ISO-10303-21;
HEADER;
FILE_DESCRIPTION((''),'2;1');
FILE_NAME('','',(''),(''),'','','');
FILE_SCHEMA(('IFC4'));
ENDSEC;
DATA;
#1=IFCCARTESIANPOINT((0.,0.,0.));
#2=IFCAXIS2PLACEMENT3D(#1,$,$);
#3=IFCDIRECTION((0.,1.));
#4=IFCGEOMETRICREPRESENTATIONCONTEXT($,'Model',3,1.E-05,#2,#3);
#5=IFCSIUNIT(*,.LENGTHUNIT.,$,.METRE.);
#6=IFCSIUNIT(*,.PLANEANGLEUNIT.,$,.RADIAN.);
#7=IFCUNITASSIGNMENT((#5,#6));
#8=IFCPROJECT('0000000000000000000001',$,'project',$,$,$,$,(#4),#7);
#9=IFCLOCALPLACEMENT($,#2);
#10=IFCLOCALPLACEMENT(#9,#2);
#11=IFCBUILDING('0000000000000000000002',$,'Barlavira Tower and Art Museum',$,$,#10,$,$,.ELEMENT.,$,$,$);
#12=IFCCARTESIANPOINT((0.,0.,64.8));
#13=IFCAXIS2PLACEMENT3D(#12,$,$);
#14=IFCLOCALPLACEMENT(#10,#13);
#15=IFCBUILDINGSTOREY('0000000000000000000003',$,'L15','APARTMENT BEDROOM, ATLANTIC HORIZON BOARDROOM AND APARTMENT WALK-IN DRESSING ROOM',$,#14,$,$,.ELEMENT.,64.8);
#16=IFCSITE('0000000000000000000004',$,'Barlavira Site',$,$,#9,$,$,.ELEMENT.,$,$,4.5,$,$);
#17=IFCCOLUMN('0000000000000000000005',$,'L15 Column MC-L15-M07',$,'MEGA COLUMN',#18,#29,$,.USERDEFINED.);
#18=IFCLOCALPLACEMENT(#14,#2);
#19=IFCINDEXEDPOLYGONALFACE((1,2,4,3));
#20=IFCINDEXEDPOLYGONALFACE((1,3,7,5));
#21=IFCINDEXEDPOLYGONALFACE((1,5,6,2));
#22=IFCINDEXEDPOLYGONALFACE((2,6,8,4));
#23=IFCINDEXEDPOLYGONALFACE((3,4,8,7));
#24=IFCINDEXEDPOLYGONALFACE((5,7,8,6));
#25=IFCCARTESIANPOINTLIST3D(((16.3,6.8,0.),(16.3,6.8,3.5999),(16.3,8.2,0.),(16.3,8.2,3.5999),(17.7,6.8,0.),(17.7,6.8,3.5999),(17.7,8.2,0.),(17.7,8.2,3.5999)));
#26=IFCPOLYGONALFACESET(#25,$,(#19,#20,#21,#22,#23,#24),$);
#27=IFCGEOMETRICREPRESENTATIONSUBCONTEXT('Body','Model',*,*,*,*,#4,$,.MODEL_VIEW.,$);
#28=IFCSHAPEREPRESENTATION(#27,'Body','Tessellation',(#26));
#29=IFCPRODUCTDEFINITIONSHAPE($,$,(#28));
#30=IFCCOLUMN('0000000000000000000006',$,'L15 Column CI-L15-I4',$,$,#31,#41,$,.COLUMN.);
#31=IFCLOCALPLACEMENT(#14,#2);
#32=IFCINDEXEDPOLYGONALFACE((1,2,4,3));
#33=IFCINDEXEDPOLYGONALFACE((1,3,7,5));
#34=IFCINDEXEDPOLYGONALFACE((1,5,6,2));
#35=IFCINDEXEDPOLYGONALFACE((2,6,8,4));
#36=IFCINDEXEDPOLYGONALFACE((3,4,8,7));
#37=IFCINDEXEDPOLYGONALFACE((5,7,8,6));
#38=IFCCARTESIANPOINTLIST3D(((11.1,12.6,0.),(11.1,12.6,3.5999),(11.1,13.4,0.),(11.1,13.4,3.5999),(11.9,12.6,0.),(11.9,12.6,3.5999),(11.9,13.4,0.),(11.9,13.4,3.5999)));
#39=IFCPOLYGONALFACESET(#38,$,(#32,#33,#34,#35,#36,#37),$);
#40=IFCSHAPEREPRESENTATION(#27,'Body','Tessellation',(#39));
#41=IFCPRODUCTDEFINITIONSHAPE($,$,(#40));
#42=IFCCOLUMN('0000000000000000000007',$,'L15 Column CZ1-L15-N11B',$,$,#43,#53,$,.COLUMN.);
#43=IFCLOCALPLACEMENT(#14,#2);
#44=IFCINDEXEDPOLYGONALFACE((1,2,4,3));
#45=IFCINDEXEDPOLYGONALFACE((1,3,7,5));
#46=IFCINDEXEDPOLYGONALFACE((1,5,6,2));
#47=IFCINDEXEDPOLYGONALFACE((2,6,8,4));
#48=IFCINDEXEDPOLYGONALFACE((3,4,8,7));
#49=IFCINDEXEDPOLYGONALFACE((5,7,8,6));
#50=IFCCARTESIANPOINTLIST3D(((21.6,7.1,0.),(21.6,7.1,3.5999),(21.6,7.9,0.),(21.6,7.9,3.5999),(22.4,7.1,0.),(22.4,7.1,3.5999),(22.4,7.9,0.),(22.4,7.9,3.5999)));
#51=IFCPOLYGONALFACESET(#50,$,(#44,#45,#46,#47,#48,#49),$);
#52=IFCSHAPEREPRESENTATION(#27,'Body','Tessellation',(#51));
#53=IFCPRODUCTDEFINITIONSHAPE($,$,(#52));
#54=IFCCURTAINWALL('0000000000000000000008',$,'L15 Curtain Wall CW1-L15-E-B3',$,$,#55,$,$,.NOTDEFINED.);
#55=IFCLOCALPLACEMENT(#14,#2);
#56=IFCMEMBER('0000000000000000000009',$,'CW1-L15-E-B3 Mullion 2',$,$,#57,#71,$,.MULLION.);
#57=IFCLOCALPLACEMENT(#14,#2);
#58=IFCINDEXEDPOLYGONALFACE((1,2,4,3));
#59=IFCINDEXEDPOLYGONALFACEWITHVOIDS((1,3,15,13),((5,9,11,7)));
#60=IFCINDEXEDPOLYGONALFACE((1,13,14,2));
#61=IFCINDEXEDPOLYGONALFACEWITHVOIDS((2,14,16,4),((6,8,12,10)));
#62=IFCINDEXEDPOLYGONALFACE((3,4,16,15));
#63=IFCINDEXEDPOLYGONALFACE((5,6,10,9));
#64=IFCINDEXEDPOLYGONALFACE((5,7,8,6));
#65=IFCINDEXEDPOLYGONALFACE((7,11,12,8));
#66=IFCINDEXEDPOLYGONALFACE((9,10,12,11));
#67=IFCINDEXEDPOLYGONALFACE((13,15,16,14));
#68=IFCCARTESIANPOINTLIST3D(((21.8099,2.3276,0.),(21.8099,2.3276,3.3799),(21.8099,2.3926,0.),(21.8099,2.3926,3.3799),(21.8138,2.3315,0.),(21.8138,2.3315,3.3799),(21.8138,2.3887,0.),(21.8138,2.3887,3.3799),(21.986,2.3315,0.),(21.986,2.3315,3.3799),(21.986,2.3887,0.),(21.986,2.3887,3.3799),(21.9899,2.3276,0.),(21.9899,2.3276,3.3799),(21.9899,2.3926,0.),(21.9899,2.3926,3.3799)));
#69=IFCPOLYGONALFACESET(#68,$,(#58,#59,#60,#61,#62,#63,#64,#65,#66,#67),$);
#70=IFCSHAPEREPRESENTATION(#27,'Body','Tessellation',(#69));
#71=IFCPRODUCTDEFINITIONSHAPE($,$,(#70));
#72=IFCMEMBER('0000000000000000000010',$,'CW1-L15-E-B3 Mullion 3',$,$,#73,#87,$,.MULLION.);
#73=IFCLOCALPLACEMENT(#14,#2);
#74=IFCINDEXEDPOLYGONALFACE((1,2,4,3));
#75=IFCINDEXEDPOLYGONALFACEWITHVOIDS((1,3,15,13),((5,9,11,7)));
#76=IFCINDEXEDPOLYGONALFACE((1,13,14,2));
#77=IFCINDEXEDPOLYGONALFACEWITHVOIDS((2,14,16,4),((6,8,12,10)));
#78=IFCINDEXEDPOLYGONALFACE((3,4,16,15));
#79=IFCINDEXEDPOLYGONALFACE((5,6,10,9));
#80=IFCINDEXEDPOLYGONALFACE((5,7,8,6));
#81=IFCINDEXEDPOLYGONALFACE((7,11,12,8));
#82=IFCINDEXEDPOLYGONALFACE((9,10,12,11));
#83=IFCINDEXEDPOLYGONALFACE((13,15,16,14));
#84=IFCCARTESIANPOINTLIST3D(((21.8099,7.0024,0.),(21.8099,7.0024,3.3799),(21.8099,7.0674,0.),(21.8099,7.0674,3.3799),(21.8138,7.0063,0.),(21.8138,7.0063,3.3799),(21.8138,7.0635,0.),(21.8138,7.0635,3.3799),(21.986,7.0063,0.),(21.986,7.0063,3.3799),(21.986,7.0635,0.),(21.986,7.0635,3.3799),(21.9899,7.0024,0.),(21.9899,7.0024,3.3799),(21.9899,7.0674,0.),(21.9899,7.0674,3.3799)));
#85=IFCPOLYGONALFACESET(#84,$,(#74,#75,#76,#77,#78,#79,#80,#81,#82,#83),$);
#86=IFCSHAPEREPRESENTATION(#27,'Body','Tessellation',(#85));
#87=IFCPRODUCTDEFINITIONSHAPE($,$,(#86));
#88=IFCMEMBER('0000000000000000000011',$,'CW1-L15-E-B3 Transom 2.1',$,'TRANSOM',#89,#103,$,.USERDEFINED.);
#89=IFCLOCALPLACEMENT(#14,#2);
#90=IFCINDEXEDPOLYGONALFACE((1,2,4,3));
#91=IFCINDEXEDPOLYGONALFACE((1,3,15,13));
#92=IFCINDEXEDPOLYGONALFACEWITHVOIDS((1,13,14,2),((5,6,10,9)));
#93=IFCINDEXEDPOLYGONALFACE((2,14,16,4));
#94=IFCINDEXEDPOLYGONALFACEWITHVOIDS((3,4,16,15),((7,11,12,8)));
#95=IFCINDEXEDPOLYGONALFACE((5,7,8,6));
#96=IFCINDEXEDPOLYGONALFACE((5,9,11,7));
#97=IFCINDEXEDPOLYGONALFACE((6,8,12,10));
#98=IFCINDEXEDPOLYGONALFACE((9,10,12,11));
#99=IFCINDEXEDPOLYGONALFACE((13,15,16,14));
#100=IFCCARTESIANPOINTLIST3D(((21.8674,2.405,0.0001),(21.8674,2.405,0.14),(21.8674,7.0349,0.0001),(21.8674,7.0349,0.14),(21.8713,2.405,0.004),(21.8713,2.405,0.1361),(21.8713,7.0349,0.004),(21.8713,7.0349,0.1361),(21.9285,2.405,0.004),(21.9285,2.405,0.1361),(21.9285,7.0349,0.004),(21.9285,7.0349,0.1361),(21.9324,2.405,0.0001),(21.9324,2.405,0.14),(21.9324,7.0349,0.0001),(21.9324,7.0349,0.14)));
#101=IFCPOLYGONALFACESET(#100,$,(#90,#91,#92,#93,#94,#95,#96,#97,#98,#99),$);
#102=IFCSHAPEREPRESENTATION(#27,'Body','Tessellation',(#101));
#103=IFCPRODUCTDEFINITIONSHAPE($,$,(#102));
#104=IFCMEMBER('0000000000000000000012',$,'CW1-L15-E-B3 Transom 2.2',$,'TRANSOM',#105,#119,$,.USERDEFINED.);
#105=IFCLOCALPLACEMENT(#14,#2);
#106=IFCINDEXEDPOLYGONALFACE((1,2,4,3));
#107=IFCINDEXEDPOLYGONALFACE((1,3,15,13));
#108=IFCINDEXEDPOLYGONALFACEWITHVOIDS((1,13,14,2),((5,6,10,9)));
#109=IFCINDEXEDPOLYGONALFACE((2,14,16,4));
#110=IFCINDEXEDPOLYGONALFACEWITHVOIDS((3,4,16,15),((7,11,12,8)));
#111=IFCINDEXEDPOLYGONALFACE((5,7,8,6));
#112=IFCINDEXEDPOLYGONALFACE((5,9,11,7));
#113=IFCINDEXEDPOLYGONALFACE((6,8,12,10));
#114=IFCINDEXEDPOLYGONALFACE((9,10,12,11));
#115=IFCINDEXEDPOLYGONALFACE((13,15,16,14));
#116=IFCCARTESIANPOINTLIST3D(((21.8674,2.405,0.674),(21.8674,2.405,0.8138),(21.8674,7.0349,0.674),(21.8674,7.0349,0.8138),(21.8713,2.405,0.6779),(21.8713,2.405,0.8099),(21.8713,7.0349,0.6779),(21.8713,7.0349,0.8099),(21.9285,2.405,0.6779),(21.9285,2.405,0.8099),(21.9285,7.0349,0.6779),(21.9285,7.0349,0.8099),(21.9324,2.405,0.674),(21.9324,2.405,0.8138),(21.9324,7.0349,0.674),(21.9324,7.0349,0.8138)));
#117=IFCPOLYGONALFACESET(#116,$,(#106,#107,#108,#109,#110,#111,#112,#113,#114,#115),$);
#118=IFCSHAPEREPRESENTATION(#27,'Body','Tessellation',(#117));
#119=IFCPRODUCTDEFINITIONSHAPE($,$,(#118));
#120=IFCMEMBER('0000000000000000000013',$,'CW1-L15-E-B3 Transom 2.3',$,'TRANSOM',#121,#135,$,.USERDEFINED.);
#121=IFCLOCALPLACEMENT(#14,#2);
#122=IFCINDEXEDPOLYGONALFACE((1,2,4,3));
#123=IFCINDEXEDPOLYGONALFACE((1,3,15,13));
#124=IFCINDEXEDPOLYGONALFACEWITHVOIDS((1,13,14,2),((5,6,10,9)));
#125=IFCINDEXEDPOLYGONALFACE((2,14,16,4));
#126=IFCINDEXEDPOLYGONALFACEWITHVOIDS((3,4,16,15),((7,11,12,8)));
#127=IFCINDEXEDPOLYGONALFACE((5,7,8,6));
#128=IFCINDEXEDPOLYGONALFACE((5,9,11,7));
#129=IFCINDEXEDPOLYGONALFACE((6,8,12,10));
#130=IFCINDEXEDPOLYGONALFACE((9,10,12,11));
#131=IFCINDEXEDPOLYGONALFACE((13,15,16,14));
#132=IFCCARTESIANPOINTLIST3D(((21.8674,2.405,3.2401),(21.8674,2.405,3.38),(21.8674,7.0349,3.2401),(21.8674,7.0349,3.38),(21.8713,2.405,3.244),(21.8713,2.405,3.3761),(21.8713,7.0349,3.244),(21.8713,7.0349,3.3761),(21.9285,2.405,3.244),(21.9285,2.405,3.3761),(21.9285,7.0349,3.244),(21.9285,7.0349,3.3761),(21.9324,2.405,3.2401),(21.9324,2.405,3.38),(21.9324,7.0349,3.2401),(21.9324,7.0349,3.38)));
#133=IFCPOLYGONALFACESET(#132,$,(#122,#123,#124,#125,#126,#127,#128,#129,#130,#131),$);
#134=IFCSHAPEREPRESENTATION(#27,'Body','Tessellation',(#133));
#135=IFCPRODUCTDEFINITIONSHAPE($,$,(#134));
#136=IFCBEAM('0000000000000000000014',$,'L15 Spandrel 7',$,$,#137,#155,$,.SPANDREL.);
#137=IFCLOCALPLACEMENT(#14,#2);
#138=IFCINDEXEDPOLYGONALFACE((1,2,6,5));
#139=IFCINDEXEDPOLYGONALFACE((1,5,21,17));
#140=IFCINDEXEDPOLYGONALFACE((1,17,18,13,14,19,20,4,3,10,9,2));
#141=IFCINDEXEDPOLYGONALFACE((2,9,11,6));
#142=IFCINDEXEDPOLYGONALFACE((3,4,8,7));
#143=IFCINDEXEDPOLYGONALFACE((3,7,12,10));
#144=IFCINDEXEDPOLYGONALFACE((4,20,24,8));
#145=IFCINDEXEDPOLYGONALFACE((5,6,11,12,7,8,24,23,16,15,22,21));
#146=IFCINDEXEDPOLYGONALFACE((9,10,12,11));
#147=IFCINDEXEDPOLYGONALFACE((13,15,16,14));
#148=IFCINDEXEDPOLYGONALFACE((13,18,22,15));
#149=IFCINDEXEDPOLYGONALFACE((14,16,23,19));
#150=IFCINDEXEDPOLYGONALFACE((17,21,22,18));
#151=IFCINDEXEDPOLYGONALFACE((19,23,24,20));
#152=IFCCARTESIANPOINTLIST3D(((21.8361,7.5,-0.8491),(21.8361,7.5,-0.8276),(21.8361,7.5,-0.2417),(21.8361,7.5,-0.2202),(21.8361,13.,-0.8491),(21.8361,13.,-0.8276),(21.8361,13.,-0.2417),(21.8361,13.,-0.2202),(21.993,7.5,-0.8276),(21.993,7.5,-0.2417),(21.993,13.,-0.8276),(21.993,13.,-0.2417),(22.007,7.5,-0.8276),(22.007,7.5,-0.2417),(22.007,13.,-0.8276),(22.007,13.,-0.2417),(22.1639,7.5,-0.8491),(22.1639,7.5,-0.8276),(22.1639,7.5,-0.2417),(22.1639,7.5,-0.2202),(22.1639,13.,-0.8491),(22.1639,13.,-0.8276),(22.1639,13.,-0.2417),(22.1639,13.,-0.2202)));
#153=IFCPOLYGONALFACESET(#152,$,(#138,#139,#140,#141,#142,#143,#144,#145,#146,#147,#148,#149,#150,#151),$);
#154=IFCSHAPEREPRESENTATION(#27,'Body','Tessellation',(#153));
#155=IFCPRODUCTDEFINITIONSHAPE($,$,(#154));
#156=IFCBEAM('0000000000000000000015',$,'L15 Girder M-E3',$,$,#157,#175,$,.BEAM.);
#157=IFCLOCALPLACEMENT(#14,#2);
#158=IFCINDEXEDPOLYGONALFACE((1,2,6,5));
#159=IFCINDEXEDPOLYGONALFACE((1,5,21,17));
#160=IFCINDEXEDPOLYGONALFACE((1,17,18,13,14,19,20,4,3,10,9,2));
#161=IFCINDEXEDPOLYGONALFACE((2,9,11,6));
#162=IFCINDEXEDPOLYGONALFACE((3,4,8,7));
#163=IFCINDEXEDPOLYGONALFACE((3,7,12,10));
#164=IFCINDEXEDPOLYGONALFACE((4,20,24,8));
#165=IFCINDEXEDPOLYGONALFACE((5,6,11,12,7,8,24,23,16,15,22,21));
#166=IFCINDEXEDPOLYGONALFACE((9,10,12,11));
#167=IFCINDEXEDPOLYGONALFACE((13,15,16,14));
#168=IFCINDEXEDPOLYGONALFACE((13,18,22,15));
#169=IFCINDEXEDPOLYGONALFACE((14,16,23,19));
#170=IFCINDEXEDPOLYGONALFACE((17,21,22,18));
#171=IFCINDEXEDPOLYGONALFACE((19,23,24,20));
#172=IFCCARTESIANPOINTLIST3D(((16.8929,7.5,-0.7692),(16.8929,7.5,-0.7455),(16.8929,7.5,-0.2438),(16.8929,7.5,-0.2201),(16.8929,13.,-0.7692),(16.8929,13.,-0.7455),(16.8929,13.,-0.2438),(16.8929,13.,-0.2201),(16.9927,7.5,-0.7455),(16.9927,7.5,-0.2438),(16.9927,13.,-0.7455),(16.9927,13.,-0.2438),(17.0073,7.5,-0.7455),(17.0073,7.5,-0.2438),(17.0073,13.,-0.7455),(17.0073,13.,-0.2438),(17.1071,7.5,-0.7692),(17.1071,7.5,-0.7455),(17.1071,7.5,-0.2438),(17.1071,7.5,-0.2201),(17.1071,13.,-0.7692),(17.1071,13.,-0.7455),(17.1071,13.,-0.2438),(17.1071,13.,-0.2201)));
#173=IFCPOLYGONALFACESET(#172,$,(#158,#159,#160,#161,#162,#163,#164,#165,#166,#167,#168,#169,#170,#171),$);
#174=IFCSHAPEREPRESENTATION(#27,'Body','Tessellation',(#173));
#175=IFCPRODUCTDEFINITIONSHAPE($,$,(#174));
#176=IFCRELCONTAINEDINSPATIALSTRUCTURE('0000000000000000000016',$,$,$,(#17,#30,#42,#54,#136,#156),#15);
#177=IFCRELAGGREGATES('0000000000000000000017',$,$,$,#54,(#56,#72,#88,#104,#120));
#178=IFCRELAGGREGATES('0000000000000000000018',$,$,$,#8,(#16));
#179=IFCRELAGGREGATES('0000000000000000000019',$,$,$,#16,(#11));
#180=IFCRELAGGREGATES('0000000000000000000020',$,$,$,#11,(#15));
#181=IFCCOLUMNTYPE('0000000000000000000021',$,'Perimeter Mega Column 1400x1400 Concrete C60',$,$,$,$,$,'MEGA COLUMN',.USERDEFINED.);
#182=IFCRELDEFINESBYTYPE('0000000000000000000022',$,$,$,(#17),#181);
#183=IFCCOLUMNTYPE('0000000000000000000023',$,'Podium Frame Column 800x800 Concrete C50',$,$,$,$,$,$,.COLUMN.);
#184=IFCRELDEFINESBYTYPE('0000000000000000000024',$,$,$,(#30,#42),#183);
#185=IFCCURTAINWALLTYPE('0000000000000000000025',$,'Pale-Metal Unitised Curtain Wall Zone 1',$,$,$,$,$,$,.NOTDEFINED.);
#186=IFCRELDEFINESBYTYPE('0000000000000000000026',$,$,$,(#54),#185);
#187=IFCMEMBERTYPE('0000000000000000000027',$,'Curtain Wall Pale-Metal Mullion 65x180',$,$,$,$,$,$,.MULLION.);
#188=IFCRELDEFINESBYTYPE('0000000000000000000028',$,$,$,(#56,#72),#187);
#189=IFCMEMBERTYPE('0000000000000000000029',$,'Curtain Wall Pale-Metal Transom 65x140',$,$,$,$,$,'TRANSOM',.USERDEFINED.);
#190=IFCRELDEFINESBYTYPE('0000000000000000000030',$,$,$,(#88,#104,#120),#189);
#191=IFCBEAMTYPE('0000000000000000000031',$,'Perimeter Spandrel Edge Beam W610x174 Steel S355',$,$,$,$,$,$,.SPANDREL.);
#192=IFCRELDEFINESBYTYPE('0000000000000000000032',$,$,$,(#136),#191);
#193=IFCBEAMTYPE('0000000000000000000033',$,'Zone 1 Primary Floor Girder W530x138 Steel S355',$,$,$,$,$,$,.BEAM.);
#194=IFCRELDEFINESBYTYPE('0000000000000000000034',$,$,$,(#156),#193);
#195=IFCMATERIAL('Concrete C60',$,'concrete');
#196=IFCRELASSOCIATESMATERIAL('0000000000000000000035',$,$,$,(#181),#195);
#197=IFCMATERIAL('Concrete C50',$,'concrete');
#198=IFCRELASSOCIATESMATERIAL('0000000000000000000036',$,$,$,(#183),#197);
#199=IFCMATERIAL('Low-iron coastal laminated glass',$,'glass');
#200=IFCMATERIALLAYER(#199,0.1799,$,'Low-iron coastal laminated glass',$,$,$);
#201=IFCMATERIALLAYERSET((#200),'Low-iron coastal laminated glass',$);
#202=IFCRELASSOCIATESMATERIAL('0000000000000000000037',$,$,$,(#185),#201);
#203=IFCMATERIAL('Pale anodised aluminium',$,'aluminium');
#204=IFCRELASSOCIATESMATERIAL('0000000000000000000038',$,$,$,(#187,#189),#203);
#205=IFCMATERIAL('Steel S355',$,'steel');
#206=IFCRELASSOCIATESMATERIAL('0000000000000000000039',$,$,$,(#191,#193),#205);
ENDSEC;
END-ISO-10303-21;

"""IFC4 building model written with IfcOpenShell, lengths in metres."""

from ifc_helpers import new_model, si_unit, direction, frame, origin, origin_2d, place, context, subcontext, project, spatial, rectangle, hollow_rectangle, i_section, extrude, material, layer, layer_set, material_profile, profile_set, type_object, element, aggregate, save


model = new_model("IFC4")

# Units and contexts
model_context = context("Model", 3, precision=1e-05, world=origin(), true_north=direction((0.0, 1.0)))
body_context = subcontext(model_context, "Body", "Model", "MODEL_VIEW")
ifc_project = project(units=[si_unit("LENGTHUNIT", "METRE"), si_unit("PLANEANGLEUNIT", "RADIAN")], contexts=[model_context])

# Site, building, storey
site_placement = place(None, origin())
site = spatial("IfcSite", under=ifc_project, at=site_placement, Name="Barlavira Site", CompositionType="ELEMENT", RefElevation=4.5)
building_placement = place(site_placement, origin())
building = spatial("IfcBuilding", under=site, at=building_placement, Name="Barlavira Tower and Art Museum", CompositionType="ELEMENT")
storey_placement = place(building_placement, frame((0.0, 0.0, 64.8)))
storey = spatial("IfcBuildingStorey", under=building, at=storey_placement, Name="L15", Description="APARTMENT BEDROOM, ATLANTIC HORIZON BOARDROOM AND APARTMENT WALK-IN DRESSING ROOM", CompositionType="ELEMENT", Elevation=64.8)

# Columns
ifc_material_1 = material(Name="Concrete C60", Category="concrete")
ifc_material_profile_1 = material_profile(ifc_material_1, rectangle(XDim=1.3999, YDim=1.3999, at=origin_2d()), Name="RC-MCOL 1400x1400")
ifc_profile_set_1 = profile_set([ifc_material_profile_1], Name="Concrete C60")
column_type_1 = type_object("IfcColumnType", Name="Perimeter Mega Column 1400x1400 Concrete C60", ElementType="MEGA COLUMN", PredefinedType="USERDEFINED", material=ifc_profile_set_1)
column_placement = place(storey_placement, frame((17.0, 7.5, 0.0), z_axis=(0.0, 0.0, 1.0), x_axis=(1.0, 0.0, 0.0)))
element("IfcColumn", 1, at=column_placement, inside=storey, type_object=column_type_1, Name="L15 Column MC-L15-M07", ObjectType="MEGA COLUMN", PredefinedType="USERDEFINED", context=body_context, shape_type="SweptSolid", body=[
    extrude(rectangle(XDim=1.3999, YDim=1.3999, at=origin_2d()), origin(), (0.0, 0.0, 1.0), 3.5999),
])
ifc_material_2 = material(Name="Concrete C50", Category="concrete")
ifc_material_profile_2 = material_profile(ifc_material_2, rectangle(XDim=0.8, YDim=0.8, at=origin_2d()), Name="RC-COL 800x800")
ifc_profile_set_2 = profile_set([ifc_material_profile_2], Name="Concrete C50")
column_type_2 = type_object("IfcColumnType", Name="Podium Frame Column 800x800 Concrete C50", PredefinedType="COLUMN", material=ifc_profile_set_2)
for number, where, z_axis, x_axis, name in (
    (2, (11.5, 13.0, 0.0), (0.0, 0.0, 1.0), (1.0, 0.0, 0.0), "L15 Column CI-L15-I4"),
    (3, (22.0, 7.5, 0.0), (0.0, 0.0, 1.0), (1.0, 0.0, 0.0), "L15 Column CZ1-L15-N11B"),
):
    element("IfcColumn", number, at=place(storey_placement, frame(where, z_axis=z_axis, x_axis=x_axis)), inside=storey, type_object=column_type_2, Name=name, PredefinedType="COLUMN", context=body_context, shape_type="SweptSolid", body=[
        extrude(rectangle(XDim=0.8, YDim=0.8, at=origin_2d()), origin(), (0.0, 0.0, 1.0), 3.5999),
    ])

# Curtain wall, members
ifc_material_3 = material(Name="Low-iron coastal laminated glass", Category="glass")
ifc_layer_1 = layer(ifc_material_3, 0.1799, Name="Low-iron coastal laminated glass")
ifc_layer_set_1 = layer_set([ifc_layer_1], Name="Low-iron coastal laminated glass")
curtain_wall_type = type_object("IfcCurtainWallType", Name="Pale-Metal Unitised Curtain Wall Zone 1", PredefinedType="NOTDEFINED", material=ifc_layer_set_1)
curtain_wall_placement = place(storey_placement, origin())
curtain_wall = element("IfcCurtainWall", 4, at=curtain_wall_placement, inside=storey, type_object=curtain_wall_type, Name="L15 Curtain Wall CW1-L15-E-B3", PredefinedType="NOTDEFINED")
ifc_material_4 = material(Name="Pale anodised aluminium", Category="aluminium")
ifc_material_profile_3 = material_profile(ifc_material_4, hollow_rectangle(XDim=0.0649, YDim=0.1799, WallThickness=0.0039, at=origin_2d()), Name="ALU-MULL 65x180x4")
ifc_profile_set_3 = profile_set([ifc_material_profile_3], Name="Pale anodised aluminium")
member_type_1 = type_object("IfcMemberType", Name="Curtain Wall Pale-Metal Mullion 65x180", PredefinedType="MULLION", material=ifc_profile_set_3)
member_1_placement = place(storey_placement, frame((21.8999, 2.3601, 0.0), z_axis=(0.0, 0.0, 1.0), x_axis=(0.0, 1.0, 0.0)))
member_1 = element("IfcMember", 5, at=member_1_placement, type_object=member_type_1, Name="CW1-L15-E-B3 Mullion 2", PredefinedType="MULLION", context=body_context, shape_type="SweptSolid", body=[
    extrude(hollow_rectangle(XDim=0.0649, YDim=0.1799, WallThickness=0.0039, at=origin_2d()), origin(), (0.0, 0.0, 1.0), 3.3799),
])
member_2_placement = place(storey_placement, frame((21.8999, 7.0349, 0.0), z_axis=(0.0, 0.0, 1.0), x_axis=(0.0, 1.0, 0.0)))
member_2 = element("IfcMember", 6, at=member_2_placement, type_object=member_type_1, Name="CW1-L15-E-B3 Mullion 3", PredefinedType="MULLION", context=body_context, shape_type="SweptSolid", body=[
    extrude(hollow_rectangle(XDim=0.0649, YDim=0.1799, WallThickness=0.0039, at=origin_2d()), origin(), (0.0, 0.0, 1.0), 3.3799),
])
ifc_material_profile_4 = material_profile(ifc_material_4, hollow_rectangle(XDim=0.0649, YDim=0.1399, WallThickness=0.0039, at=origin_2d()), Name="ALU-TRAN 65x140x4")
ifc_profile_set_4 = profile_set([ifc_material_profile_4], Name="Pale anodised aluminium")
member_type_2 = type_object("IfcMemberType", Name="Curtain Wall Pale-Metal Transom 65x140", ElementType="TRANSOM", PredefinedType="USERDEFINED", material=ifc_profile_set_4)
member_3_placement = place(storey_placement, frame((21.8999, 2.405, 0.0701), z_axis=(0.0, 1.0, 0.0), x_axis=(-1.0, 0.0, 0.0)))
member_3 = element("IfcMember", 7, at=member_3_placement, type_object=member_type_2, Name="CW1-L15-E-B3 Transom 2.1", ObjectType="TRANSOM", PredefinedType="USERDEFINED", context=body_context, shape_type="SweptSolid", body=[
    extrude(hollow_rectangle(XDim=0.0649, YDim=0.1399, WallThickness=0.0039, at=origin_2d()), origin(), (0.0, 0.0, 1.0), 4.6299),
])
member_4_placement = place(storey_placement, frame((21.8999, 2.405, 0.7439), z_axis=(0.0, 1.0, 0.0), x_axis=(-1.0, 0.0, 0.0)))
member_4 = element("IfcMember", 8, at=member_4_placement, type_object=member_type_2, Name="CW1-L15-E-B3 Transom 2.2", ObjectType="TRANSOM", PredefinedType="USERDEFINED", context=body_context, shape_type="SweptSolid", body=[
    extrude(hollow_rectangle(XDim=0.0649, YDim=0.1399, WallThickness=0.0039, at=origin_2d()), origin(), (0.0, 0.0, 1.0), 4.6299),
])
member_5_placement = place(storey_placement, frame((21.8999, 2.405, 3.3101), z_axis=(0.0, 1.0, 0.0), x_axis=(-1.0, 0.0, 0.0)))
member_5 = element("IfcMember", 9, at=member_5_placement, type_object=member_type_2, Name="CW1-L15-E-B3 Transom 2.3", ObjectType="TRANSOM", PredefinedType="USERDEFINED", context=body_context, shape_type="SweptSolid", body=[
    extrude(hollow_rectangle(XDim=0.0649, YDim=0.1399, WallThickness=0.0039, at=origin_2d()), origin(), (0.0, 0.0, 1.0), 4.6299),
])

# Beams
ifc_material_5 = material(Name="Steel S355", Category="steel")
ifc_material_profile_5 = material_profile(ifc_material_5, i_section(OverallWidth=0.3279, OverallDepth=0.6289, WebThickness=0.0139, FlangeThickness=0.0215, at=origin_2d()), Name="W610x174.0")
ifc_profile_set_5 = profile_set([ifc_material_profile_5], Name="Steel S355")
beam_type_1 = type_object("IfcBeamType", Name="Perimeter Spandrel Edge Beam W610x174 Steel S355", PredefinedType="SPANDREL", material=ifc_profile_set_5)
beam_1_placement = place(storey_placement, frame((22.0, 7.5, -0.5347), z_axis=(0.0, 1.0, 0.0), x_axis=(-1.0, 0.0, 0.0)))
element("IfcBeam", 10, at=beam_1_placement, inside=storey, type_object=beam_type_1, Name="L15 Spandrel 7", PredefinedType="SPANDREL", context=body_context, shape_type="SweptSolid", body=[
    extrude(i_section(OverallWidth=0.3279, OverallDepth=0.6289, WebThickness=0.0139, FlangeThickness=0.0215, at=origin_2d()), origin(), (0.0, 0.0, 1.0), 5.5),
])
ifc_material_profile_6 = material_profile(ifc_material_5, i_section(OverallWidth=0.2141, OverallDepth=0.5491, WebThickness=0.0146, FlangeThickness=0.0237, at=origin_2d()), Name="W530x138.0")
ifc_profile_set_6 = profile_set([ifc_material_profile_6], Name="Steel S355")
beam_type_2 = type_object("IfcBeamType", Name="Zone 1 Primary Floor Girder W530x138 Steel S355", PredefinedType="BEAM", material=ifc_profile_set_6)
beam_2_placement = place(storey_placement, frame((17.0, 7.5, -0.4946), z_axis=(0.0, 1.0, 0.0), x_axis=(-1.0, 0.0, 0.0)))
element("IfcBeam", 11, at=beam_2_placement, inside=storey, type_object=beam_type_2, Name="L15 Girder M-E3", PredefinedType="BEAM", context=body_context, shape_type="SweptSolid", body=[
    extrude(i_section(OverallWidth=0.2141, OverallDepth=0.5491, WebThickness=0.0146, FlangeThickness=0.0237, at=origin_2d()), origin(), (0.0, 0.0, 1.0), 5.5),
])

aggregate(curtain_wall, [member_1, member_2, member_3, member_4, member_5])

save(model, "model.ifc")
